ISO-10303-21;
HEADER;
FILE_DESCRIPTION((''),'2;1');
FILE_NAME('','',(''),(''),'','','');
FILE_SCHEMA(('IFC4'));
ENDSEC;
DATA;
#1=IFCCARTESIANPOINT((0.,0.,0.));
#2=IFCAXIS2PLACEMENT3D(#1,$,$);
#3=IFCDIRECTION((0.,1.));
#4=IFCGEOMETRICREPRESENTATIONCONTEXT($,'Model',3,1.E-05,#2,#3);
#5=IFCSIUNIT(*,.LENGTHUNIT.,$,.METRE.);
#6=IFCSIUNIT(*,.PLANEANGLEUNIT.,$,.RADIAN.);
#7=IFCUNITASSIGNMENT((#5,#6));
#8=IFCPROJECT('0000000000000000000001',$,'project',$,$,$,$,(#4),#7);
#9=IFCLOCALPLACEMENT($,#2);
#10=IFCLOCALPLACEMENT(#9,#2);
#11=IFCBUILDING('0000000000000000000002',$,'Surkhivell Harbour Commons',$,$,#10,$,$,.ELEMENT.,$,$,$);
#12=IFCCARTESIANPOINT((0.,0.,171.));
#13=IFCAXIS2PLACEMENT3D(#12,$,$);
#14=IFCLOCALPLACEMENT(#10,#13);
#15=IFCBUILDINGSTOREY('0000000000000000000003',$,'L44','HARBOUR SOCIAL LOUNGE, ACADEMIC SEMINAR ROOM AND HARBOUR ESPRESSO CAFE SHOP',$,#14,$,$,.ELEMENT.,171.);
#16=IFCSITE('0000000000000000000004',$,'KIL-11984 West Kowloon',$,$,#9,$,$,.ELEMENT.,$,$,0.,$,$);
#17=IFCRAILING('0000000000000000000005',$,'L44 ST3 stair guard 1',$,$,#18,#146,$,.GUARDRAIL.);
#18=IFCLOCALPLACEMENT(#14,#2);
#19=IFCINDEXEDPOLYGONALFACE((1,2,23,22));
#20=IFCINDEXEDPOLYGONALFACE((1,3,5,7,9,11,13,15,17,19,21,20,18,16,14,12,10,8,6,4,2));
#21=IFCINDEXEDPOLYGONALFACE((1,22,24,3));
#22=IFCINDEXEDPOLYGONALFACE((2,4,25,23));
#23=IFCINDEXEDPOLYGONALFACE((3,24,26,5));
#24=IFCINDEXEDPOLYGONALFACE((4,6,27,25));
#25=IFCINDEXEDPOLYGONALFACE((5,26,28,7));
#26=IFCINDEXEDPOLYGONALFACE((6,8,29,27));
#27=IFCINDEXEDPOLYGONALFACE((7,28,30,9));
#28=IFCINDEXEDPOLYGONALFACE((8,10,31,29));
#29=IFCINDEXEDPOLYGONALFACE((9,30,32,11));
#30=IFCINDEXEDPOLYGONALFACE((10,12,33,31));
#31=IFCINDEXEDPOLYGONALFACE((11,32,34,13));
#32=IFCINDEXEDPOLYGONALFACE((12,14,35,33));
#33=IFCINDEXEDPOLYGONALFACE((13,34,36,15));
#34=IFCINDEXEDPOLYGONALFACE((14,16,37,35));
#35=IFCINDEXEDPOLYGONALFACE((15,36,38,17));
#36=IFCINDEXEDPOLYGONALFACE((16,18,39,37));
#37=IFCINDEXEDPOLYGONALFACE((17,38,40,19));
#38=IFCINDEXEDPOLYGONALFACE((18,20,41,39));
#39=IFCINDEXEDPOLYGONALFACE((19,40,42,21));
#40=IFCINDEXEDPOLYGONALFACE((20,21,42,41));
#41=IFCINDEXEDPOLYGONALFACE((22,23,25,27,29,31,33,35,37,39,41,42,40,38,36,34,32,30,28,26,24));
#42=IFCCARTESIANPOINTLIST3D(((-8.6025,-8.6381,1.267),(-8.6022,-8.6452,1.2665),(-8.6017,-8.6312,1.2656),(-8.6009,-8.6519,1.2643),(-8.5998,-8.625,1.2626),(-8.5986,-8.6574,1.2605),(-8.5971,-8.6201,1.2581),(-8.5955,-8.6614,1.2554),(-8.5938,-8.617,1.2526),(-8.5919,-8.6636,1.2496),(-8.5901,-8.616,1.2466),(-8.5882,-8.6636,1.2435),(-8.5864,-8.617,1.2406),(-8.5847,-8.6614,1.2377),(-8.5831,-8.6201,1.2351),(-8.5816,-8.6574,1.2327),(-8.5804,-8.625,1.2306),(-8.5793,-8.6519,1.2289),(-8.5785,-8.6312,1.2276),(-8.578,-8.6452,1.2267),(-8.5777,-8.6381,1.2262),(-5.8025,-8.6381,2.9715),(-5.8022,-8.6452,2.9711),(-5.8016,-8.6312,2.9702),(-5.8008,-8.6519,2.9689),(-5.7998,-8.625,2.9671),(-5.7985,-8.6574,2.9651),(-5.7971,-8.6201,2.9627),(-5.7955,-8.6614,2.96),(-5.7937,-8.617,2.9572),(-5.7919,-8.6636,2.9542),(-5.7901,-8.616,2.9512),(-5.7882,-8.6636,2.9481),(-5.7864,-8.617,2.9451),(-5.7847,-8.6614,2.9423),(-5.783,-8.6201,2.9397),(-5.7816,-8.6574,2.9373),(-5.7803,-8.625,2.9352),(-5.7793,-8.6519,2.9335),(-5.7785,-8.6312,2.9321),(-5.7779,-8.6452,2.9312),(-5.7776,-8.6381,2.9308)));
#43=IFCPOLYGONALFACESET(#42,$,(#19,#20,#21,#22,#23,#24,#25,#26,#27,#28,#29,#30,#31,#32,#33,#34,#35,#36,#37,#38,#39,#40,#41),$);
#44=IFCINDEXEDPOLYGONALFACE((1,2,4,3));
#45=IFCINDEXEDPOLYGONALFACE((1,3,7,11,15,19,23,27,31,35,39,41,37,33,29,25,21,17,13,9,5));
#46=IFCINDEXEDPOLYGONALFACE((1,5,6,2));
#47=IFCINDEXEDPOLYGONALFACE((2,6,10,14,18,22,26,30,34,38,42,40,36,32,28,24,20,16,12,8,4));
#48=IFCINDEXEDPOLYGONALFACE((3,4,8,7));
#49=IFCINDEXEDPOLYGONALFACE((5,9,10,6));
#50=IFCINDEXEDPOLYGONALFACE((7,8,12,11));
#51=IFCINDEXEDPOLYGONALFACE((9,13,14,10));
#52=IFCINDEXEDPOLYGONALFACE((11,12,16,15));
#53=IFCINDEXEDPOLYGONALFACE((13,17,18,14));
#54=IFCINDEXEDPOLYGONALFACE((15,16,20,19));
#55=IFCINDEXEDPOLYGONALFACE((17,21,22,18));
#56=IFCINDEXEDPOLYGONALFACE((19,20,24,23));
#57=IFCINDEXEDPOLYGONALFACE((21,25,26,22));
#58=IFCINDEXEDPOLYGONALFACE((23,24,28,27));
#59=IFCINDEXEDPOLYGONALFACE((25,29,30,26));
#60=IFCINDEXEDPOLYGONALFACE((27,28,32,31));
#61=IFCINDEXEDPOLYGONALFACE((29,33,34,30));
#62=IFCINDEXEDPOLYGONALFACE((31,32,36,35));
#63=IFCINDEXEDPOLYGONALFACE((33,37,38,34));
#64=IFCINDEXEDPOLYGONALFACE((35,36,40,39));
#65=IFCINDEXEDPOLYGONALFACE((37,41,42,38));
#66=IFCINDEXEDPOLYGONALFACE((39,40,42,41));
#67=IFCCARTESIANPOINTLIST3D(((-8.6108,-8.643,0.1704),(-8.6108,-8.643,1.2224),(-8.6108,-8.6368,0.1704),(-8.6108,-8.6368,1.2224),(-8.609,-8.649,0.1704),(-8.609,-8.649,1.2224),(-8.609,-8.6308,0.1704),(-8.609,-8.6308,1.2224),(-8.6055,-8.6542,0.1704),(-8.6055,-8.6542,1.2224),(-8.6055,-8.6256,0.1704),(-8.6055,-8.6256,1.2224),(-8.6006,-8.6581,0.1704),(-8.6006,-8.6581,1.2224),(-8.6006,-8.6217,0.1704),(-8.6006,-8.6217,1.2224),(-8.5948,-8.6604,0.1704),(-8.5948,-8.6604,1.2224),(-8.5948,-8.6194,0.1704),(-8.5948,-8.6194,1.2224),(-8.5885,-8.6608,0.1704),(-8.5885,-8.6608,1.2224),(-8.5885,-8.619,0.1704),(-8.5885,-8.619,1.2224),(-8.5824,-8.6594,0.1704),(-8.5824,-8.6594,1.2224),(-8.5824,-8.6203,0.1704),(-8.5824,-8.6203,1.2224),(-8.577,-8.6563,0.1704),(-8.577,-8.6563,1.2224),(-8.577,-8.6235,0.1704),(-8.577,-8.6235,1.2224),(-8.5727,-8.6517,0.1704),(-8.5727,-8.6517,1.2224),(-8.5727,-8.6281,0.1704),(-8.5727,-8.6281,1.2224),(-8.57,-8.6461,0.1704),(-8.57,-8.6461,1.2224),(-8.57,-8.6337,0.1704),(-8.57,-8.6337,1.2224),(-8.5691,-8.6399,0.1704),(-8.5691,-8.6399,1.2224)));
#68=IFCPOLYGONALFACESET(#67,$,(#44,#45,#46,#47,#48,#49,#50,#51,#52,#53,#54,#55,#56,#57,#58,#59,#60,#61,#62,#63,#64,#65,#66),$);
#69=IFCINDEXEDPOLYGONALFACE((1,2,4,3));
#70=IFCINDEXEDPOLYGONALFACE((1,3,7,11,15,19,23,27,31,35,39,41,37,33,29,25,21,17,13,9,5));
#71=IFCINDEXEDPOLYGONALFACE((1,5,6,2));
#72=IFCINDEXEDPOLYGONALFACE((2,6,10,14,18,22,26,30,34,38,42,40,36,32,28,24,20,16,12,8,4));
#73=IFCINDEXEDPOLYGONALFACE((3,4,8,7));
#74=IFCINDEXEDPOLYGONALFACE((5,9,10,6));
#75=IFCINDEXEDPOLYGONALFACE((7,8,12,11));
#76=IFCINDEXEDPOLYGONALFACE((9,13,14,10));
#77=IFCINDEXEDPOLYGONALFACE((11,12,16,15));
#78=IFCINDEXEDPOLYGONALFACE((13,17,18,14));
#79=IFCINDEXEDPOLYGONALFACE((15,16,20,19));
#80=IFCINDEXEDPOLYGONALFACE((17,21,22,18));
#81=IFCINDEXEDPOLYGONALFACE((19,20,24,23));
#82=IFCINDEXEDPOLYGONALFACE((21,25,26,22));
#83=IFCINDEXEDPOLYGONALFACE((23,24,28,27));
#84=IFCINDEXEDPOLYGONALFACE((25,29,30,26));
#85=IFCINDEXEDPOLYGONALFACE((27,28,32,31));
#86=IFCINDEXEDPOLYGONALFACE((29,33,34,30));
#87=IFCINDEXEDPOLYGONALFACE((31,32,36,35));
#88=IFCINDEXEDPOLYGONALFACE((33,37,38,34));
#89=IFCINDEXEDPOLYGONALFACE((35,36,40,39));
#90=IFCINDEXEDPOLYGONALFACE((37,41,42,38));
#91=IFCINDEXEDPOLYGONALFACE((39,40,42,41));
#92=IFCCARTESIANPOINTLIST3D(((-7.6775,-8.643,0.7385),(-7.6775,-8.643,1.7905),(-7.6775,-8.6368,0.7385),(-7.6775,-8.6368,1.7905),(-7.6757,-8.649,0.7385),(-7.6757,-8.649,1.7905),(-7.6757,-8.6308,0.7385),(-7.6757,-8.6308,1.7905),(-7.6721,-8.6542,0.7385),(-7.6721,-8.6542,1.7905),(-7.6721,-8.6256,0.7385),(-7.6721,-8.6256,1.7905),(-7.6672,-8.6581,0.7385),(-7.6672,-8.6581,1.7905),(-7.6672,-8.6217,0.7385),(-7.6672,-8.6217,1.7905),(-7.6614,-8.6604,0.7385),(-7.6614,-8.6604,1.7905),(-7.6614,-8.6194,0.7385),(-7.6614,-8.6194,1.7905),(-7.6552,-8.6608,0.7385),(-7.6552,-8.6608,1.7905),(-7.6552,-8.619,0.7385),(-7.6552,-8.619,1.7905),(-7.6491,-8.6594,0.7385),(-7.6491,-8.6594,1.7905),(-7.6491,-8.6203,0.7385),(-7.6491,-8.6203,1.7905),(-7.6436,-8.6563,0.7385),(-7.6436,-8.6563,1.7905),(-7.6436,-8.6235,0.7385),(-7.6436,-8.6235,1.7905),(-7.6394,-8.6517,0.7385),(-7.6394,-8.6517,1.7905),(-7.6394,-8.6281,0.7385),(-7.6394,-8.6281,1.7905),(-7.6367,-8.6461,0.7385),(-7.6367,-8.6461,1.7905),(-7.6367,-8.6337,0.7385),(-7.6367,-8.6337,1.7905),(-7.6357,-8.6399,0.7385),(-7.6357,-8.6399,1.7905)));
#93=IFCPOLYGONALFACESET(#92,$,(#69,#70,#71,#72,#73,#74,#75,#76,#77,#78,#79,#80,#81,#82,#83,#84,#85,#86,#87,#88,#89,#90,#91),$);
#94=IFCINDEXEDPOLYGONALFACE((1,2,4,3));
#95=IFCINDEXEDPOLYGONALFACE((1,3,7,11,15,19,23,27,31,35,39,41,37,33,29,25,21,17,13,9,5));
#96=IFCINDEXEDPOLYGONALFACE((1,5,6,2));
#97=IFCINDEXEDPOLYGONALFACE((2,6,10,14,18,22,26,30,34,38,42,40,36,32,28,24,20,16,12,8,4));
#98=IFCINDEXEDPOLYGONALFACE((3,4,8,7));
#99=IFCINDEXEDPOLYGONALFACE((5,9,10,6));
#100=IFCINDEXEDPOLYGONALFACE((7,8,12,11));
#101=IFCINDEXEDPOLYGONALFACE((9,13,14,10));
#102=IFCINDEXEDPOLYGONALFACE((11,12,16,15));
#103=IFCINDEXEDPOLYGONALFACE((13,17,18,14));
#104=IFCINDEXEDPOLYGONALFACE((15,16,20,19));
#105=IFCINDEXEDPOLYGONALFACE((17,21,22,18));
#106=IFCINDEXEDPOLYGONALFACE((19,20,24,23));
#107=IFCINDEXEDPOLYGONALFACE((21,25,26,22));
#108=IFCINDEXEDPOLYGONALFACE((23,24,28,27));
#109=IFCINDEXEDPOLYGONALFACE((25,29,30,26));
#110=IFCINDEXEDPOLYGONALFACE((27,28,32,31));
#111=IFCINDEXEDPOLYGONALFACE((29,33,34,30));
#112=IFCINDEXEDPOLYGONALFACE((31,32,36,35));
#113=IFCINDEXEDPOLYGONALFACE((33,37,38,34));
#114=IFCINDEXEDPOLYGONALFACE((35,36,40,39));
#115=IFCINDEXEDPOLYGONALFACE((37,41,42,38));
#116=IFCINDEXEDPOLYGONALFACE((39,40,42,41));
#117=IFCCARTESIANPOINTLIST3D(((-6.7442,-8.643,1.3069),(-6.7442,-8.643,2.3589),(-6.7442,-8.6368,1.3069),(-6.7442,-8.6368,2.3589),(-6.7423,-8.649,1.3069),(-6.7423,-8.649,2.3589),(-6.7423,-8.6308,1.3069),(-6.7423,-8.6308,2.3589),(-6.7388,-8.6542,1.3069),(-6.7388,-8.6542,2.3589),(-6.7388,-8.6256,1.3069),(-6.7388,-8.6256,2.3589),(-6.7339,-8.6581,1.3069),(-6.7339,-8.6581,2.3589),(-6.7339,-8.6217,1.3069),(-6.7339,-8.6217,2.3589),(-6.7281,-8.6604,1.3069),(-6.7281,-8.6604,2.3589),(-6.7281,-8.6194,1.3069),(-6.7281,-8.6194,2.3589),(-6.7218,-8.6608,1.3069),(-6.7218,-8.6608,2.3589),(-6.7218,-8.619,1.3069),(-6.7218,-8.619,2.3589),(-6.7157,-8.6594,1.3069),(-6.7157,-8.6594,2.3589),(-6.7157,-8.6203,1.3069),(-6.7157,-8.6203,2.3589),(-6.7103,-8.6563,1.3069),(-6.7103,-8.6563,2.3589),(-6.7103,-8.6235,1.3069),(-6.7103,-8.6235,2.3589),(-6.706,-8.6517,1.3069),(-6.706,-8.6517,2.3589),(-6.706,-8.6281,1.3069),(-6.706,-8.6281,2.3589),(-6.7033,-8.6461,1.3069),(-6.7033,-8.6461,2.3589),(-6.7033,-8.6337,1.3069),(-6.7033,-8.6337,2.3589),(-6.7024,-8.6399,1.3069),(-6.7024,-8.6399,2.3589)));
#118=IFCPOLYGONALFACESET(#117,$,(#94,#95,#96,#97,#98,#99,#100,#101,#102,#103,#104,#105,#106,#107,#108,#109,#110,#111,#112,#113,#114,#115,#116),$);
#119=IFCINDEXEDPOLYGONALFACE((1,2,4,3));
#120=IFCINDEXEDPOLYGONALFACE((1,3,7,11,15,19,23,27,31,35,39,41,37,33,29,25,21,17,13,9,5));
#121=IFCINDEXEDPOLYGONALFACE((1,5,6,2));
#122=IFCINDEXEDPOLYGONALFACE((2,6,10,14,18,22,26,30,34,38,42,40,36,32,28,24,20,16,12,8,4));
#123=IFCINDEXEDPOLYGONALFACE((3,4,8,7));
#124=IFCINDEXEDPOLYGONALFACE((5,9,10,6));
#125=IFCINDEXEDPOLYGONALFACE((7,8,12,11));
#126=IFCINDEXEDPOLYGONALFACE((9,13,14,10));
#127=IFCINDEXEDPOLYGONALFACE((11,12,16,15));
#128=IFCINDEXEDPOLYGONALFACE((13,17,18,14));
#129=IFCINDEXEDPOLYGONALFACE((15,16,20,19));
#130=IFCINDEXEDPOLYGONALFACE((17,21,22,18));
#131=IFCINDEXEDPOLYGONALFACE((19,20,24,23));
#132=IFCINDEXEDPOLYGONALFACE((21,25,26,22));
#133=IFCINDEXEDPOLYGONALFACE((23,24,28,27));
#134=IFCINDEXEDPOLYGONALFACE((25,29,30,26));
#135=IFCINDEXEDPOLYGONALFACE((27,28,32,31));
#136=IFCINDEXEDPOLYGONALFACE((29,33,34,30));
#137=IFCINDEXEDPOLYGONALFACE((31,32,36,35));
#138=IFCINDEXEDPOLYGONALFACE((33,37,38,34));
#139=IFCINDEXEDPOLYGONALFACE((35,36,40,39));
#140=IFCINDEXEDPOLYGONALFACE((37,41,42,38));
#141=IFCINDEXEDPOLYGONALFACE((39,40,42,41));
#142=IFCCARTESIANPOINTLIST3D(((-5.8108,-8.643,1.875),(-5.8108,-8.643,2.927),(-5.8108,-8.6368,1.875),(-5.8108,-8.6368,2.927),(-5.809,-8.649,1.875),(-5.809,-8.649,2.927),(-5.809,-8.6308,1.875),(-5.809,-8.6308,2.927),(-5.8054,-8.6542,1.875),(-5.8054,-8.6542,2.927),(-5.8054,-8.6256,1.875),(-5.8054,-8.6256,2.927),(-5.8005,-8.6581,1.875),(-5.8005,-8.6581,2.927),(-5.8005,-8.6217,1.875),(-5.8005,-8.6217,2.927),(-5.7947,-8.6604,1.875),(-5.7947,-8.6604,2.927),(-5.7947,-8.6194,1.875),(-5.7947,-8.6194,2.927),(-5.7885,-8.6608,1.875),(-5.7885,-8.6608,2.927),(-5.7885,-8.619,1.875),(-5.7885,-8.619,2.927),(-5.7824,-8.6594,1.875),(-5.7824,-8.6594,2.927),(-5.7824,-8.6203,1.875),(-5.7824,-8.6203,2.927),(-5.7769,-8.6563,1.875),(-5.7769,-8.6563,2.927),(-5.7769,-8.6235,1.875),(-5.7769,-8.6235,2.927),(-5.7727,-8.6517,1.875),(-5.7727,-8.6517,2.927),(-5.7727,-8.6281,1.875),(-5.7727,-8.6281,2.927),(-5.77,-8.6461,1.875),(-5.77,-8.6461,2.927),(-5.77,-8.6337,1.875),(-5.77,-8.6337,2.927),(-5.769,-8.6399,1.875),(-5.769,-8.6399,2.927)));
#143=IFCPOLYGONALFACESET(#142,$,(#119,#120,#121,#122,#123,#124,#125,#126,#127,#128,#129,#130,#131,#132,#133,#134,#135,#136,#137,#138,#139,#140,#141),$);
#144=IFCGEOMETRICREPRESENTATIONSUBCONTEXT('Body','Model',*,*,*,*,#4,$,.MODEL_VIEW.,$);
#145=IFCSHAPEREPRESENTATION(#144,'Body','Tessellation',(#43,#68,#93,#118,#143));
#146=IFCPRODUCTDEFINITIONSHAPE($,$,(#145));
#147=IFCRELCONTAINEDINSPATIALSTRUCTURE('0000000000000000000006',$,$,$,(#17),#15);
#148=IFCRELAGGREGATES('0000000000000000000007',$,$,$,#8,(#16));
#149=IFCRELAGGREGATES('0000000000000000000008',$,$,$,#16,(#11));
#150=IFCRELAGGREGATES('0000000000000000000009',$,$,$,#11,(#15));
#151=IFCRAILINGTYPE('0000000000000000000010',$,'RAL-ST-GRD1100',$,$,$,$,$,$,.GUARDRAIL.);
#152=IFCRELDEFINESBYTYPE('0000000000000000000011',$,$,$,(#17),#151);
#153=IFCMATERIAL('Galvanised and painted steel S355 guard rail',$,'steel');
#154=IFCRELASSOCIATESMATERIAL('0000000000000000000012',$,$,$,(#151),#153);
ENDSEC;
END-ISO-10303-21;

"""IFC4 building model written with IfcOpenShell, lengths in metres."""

from ifc_helpers import new_model, si_unit, direction, frame, origin, origin_2d, place, context, subcontext, project, spatial, circle, extrude, material, type_object, element, save


model = new_model("IFC4")

# Units and contexts
model_context = context("Model", 3, precision=1e-05, world=origin(), true_north=direction((0.0, 1.0)))
body_context = subcontext(model_context, "Body", "Model", "MODEL_VIEW")
ifc_project = project(units=[si_unit("LENGTHUNIT", "METRE"), si_unit("PLANEANGLEUNIT", "RADIAN")], contexts=[model_context])

# Site, building, storey
site_placement = place(None, origin())
site = spatial("IfcSite", under=ifc_project, at=site_placement, Name="KIL-11984 West Kowloon", CompositionType="ELEMENT", RefElevation=0.0)
building_placement = place(site_placement, origin())
building = spatial("IfcBuilding", under=site, at=building_placement, Name="Surkhivell Harbour Commons", CompositionType="ELEMENT")
storey_placement = place(building_placement, frame((0.0, 0.0, 171.0)))
storey = spatial("IfcBuildingStorey", under=building, at=storey_placement, Name="L44", Description="HARBOUR SOCIAL LOUNGE, ACADEMIC SEMINAR ROOM AND HARBOUR ESPRESSO CAFE SHOP", CompositionType="ELEMENT", Elevation=171.0)

# Railing
ifc_material_1 = material(Name="Galvanised and painted steel S355 guard rail", Category="steel")
railing_type_1 = type_object("IfcRailingType", Name="RAL-ST-GRD1100", PredefinedType="GUARDRAIL", material=ifc_material_1)
railing_1_placement = place(storey_placement, frame((-8.5901, -8.6399, 0.1704)))
element("IfcRailing", 1, at=railing_1_placement, inside=storey, type_object=railing_type_1, Name="L44 ST3 stair guard 1", PredefinedType="GUARDRAIL", context=body_context, shape_type="SweptSolid", body=[
    extrude(circle(Radius=0.0239, at=origin_2d()), frame((0.0, 0.0, 1.0762), z_axis=(0.85417, 0.0, 0.519994), x_axis=(0.0, 1.0, 0.0)), (0.0, 0.0, 1.0), 3.2781),
    extrude(circle(Radius=0.021, at=origin_2d()), origin(), (0.0, 0.0, 1.0), 1.052),
    extrude(circle(Radius=0.021, at=origin_2d()), frame((0.9333, 0.0, 0.5681)), (0.0, 0.0, 1.0), 1.052),
    extrude(circle(Radius=0.021, at=origin_2d()), frame((1.8667, 0.0, 1.1365)), (0.0, 0.0, 1.0), 1.052),
    extrude(circle(Radius=0.021, at=origin_2d()), frame((2.8, 0.0, 1.7046)), (0.0, 0.0, 1.0), 1.052),
])

save(model, "model.ifc")
